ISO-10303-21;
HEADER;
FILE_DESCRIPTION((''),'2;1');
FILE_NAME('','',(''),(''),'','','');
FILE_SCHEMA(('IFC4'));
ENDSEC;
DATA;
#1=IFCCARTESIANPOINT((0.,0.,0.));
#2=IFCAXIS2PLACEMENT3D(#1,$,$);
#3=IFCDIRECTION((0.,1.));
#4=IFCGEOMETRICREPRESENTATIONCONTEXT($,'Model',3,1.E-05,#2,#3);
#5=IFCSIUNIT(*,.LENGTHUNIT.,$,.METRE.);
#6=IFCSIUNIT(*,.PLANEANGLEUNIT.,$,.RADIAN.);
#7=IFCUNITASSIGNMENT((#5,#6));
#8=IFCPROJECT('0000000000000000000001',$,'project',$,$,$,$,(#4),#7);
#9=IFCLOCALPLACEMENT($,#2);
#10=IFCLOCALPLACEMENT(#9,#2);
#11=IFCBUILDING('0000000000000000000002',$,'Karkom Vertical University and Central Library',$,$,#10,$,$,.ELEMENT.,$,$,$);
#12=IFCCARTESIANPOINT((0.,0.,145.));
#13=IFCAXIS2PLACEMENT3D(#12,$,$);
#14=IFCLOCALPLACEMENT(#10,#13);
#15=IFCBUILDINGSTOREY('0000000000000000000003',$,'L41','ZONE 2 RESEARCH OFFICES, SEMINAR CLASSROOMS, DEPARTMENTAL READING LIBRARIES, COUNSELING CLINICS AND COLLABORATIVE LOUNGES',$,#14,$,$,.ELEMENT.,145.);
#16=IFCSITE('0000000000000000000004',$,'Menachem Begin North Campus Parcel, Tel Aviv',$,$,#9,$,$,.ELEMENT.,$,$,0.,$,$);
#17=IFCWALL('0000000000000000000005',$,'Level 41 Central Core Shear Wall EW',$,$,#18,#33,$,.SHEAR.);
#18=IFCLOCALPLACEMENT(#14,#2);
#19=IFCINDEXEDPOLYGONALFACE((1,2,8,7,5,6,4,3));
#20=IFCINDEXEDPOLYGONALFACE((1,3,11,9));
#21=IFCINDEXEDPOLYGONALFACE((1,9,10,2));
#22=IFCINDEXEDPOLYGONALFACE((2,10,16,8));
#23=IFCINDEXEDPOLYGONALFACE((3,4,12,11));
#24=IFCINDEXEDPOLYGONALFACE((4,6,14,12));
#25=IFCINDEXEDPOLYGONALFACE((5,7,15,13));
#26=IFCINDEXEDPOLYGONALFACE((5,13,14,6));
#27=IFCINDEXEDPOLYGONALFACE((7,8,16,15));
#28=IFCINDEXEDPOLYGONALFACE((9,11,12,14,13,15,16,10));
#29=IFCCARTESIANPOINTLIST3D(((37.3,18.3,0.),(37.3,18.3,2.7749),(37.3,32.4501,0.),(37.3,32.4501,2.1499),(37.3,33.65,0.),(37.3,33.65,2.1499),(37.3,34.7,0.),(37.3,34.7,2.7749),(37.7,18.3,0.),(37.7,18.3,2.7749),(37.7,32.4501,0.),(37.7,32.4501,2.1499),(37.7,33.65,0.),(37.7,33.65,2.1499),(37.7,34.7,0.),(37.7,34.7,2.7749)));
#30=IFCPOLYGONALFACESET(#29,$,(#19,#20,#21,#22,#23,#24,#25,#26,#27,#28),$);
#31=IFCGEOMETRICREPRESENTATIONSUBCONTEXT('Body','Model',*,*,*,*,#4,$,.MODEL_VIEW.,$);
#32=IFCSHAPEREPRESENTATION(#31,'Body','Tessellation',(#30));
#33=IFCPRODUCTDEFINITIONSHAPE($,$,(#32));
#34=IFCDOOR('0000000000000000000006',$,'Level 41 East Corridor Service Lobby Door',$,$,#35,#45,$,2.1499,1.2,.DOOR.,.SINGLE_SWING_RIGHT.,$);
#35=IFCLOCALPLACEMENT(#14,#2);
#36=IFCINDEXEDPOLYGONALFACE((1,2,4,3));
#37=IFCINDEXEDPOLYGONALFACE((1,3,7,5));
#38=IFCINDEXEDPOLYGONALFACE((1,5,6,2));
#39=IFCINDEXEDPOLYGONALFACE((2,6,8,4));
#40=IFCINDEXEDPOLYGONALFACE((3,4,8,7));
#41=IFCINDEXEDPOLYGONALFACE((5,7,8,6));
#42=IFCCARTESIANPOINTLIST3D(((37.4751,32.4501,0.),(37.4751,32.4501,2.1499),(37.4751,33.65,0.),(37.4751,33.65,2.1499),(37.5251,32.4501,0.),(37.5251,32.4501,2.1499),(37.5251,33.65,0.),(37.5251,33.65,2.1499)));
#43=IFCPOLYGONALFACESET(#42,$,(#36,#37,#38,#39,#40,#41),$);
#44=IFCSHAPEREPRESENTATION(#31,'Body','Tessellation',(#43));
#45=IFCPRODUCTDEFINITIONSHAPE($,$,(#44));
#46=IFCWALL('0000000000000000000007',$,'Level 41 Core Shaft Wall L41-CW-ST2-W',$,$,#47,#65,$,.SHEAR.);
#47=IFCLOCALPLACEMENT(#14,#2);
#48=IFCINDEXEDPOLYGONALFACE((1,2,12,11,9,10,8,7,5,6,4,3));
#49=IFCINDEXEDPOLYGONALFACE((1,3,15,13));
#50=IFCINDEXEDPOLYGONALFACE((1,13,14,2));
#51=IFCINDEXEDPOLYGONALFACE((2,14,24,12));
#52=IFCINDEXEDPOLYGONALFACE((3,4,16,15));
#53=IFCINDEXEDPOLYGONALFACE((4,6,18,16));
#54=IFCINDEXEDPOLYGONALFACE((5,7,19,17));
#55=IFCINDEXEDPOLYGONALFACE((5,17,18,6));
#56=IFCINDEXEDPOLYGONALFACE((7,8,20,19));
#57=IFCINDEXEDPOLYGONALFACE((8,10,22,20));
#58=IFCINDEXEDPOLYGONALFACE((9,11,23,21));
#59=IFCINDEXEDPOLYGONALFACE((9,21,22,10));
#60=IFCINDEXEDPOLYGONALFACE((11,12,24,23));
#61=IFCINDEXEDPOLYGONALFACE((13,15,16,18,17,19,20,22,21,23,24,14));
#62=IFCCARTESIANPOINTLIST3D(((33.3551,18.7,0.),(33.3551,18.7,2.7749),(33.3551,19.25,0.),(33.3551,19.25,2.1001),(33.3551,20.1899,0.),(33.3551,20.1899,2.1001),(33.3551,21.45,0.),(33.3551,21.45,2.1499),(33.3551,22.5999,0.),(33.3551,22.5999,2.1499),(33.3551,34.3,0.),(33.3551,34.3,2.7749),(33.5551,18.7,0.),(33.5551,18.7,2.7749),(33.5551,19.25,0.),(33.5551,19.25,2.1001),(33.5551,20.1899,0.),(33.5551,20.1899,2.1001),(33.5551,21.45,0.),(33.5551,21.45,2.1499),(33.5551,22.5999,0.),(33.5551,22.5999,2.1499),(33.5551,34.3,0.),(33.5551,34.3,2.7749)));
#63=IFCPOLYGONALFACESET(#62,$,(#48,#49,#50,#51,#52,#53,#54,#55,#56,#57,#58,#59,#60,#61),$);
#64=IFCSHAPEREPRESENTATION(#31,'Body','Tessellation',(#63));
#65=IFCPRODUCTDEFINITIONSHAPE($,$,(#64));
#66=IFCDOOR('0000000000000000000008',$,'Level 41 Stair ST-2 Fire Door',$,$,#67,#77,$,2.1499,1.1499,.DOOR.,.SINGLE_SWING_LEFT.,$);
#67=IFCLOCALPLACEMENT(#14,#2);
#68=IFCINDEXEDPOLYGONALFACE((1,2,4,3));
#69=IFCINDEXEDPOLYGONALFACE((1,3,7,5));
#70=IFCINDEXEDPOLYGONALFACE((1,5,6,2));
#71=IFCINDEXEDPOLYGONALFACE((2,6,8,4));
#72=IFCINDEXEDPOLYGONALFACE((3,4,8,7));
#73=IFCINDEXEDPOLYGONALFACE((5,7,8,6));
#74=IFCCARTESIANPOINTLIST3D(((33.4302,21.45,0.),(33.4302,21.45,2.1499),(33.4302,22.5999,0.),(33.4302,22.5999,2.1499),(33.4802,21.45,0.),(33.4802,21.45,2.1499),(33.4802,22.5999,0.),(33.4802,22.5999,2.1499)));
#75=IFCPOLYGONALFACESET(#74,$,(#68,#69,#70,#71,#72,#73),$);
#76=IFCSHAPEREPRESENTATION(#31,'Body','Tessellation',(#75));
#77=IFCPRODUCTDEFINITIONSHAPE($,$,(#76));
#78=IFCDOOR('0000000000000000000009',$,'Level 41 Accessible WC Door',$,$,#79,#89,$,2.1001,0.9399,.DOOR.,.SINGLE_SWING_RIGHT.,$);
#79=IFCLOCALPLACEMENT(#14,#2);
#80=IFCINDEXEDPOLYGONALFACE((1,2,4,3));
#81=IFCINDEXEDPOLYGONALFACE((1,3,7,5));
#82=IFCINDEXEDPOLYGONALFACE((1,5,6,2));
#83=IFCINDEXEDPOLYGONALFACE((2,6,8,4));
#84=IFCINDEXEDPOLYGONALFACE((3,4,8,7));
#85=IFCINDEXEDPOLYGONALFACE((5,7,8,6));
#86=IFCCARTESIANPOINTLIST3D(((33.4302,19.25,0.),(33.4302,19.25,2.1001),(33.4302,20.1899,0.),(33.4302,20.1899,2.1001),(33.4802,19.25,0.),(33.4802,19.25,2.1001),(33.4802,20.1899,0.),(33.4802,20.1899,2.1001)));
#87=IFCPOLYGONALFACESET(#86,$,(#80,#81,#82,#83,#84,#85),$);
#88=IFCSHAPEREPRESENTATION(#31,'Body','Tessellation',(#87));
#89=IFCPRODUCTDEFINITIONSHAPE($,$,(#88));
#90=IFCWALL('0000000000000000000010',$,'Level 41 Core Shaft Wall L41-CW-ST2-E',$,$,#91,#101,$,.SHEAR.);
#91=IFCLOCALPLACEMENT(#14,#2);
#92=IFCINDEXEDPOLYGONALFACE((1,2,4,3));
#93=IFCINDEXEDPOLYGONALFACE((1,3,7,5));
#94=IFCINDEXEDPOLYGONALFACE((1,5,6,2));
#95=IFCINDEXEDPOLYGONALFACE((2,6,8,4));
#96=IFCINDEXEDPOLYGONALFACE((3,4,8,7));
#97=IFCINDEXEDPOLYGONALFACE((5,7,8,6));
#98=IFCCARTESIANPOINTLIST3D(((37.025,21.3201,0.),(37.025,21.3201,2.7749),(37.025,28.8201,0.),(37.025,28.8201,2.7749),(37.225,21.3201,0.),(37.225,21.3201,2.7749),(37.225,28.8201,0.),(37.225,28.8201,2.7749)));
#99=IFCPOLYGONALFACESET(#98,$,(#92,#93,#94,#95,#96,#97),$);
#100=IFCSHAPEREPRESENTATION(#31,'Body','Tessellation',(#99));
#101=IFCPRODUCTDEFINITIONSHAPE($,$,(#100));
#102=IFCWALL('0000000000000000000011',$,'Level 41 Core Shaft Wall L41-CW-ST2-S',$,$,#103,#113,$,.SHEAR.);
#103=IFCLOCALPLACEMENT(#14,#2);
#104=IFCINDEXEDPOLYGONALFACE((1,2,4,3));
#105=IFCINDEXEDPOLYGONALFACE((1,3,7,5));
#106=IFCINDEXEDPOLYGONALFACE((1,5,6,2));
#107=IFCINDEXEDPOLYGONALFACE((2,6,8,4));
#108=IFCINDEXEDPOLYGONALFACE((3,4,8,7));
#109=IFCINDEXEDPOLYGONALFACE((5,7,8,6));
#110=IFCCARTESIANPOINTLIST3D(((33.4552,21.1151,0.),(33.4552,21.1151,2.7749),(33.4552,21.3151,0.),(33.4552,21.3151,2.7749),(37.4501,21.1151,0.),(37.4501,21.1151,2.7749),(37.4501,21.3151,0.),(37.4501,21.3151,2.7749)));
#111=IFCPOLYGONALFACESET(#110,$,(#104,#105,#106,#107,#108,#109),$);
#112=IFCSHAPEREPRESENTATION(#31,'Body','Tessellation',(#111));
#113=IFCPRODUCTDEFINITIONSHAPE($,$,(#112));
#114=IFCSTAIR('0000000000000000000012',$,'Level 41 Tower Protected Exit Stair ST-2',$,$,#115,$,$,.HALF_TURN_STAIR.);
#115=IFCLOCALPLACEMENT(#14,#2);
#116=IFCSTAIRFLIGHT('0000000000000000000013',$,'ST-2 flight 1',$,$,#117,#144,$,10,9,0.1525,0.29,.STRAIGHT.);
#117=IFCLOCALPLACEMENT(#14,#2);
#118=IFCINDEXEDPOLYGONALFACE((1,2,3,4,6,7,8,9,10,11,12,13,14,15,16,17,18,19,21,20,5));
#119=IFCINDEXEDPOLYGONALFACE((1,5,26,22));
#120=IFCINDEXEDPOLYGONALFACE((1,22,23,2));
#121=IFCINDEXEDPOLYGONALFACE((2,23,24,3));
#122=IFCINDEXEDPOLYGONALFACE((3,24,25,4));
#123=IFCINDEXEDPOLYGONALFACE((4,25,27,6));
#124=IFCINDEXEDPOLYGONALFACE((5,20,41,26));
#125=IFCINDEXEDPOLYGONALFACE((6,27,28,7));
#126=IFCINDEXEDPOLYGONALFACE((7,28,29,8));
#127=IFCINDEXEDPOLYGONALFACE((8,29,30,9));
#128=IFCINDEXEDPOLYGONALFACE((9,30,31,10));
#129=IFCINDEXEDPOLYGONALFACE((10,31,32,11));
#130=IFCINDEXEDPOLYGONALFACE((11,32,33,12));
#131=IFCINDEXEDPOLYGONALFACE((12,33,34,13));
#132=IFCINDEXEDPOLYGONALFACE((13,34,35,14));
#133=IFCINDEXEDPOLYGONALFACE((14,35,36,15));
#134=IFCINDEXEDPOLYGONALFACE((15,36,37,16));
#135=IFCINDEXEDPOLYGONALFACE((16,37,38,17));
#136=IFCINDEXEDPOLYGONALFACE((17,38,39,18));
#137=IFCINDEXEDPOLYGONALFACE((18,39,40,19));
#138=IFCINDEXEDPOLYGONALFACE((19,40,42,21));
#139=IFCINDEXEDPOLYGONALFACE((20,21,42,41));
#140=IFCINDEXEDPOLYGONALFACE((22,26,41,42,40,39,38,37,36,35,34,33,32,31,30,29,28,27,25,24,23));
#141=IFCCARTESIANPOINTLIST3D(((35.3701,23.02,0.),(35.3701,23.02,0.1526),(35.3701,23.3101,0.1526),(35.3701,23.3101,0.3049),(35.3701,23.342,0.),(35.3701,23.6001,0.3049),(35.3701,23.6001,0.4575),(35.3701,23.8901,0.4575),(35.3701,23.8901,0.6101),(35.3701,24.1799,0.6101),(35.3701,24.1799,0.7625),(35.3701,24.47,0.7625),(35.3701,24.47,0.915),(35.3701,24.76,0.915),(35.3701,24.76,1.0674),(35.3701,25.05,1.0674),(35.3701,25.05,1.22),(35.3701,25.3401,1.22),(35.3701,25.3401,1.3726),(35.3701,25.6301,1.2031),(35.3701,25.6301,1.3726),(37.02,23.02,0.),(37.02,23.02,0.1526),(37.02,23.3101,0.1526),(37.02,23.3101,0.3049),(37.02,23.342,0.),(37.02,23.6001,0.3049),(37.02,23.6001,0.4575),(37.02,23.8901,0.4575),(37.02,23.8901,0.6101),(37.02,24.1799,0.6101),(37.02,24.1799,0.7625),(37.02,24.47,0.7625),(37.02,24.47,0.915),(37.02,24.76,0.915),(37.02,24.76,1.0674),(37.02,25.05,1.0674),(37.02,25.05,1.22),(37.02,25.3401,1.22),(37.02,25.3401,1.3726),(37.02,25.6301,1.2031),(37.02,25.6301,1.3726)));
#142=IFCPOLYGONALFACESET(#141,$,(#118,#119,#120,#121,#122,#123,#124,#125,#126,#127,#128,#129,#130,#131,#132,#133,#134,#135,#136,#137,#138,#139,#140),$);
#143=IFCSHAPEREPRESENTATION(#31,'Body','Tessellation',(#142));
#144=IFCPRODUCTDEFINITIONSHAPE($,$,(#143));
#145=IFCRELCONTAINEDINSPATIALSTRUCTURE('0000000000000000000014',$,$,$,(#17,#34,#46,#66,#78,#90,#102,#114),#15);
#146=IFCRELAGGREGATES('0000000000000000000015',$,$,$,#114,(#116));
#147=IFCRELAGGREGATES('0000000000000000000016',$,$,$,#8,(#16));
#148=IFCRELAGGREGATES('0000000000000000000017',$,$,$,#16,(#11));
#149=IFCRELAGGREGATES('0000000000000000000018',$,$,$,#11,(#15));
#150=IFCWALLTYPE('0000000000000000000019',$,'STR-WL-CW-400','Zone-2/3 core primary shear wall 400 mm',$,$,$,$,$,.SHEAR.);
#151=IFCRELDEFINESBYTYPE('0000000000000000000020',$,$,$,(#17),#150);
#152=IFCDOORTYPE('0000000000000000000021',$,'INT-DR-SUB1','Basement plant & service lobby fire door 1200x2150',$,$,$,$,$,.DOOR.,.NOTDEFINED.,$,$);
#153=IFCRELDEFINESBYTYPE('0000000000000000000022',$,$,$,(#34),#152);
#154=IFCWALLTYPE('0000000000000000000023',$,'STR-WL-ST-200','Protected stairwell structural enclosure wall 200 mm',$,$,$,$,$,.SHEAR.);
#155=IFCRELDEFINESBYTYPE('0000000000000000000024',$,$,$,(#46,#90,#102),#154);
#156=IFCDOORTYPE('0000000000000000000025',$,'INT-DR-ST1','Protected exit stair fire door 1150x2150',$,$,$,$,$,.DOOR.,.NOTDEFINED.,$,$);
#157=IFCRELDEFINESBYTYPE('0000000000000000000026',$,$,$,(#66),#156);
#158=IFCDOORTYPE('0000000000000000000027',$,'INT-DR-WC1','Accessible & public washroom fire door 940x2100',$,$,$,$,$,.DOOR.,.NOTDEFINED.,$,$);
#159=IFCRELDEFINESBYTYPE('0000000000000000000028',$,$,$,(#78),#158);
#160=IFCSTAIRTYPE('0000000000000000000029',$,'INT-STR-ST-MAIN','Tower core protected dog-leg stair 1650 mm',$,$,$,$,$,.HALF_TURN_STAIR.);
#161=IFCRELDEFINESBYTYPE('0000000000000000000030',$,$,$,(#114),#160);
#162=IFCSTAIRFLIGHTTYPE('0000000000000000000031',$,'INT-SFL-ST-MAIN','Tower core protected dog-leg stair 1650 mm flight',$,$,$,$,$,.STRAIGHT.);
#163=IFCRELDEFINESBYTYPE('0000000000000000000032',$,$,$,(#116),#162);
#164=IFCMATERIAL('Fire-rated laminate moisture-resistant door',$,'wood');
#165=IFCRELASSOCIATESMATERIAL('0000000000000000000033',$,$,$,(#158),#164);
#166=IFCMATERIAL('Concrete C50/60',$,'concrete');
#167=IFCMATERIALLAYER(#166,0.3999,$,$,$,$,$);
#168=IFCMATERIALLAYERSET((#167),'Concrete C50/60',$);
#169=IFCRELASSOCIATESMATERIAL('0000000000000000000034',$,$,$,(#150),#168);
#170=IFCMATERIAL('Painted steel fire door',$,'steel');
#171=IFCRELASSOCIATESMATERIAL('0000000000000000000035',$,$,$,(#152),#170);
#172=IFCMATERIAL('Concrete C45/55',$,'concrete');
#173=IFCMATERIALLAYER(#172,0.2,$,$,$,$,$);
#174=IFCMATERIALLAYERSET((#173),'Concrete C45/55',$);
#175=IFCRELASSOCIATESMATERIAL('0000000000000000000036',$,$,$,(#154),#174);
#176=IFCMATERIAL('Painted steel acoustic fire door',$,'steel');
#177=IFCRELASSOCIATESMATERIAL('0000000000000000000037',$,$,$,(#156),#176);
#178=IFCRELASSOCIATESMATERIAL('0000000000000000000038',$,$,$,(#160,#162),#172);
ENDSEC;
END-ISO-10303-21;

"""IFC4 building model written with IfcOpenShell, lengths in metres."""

from ifc_helpers import new_model, si_unit, direction, frame, frame_2d, origin, origin_with_axes, place, context, subcontext, project, spatial, polyline, rectangle, outline, extrude, source, transform, mapped, material, layer, layer_set, type_object, element, fill, aggregate, save


model = new_model("IFC4")

# Units and contexts
model_context = context("Model", 3, precision=1e-05, world=origin(), true_north=direction((0.0, 1.0)))
body_context = subcontext(model_context, "Body", "Model", "MODEL_VIEW")
ifc_project = project(units=[si_unit("LENGTHUNIT", "METRE"), si_unit("PLANEANGLEUNIT", "RADIAN")], contexts=[model_context])

# Site, building, storey
site_placement = place(None, origin())
site = spatial("IfcSite", under=ifc_project, at=site_placement, Name="Menachem Begin North Campus Parcel, Tel Aviv", CompositionType="ELEMENT", RefElevation=0.0)
building_placement = place(site_placement, origin())
building = spatial("IfcBuilding", under=site, at=building_placement, Name="Karkom Vertical University and Central Library", CompositionType="ELEMENT")
storey_placement = place(building_placement, frame((0.0, 0.0, 145.0)))
storey = spatial("IfcBuildingStorey", under=building, at=storey_placement, Name="L41", Description="ZONE 2 RESEARCH OFFICES, SEMINAR CLASSROOMS, DEPARTMENTAL READING LIBRARIES, COUNSELING CLINICS AND COLLABORATIVE LOUNGES", CompositionType="ELEMENT", Elevation=145.0)

# Shared definitions
ifc_material_1 = material(Name="Concrete C50/60", Category="concrete")

# Shared definitions
ifc_material_2 = material(Name="Fire-rated laminate moisture-resistant door", Category="wood")
door_type_1 = type_object("IfcDoorType", Name="INT-DR-WC1", Description="Accessible & public washroom fire door 940x2100", OperationType="NOTDEFINED", PredefinedType="DOOR", material=ifc_material_2)
shared_shape_1 = source(origin_with_axes(), body_context, "Body", "SweptSolid", [
    extrude(rectangle(XDim=0.9399, YDim=2.1001, at=frame_2d((0.47, 1.05))), frame((0.0, 0.0249, 0.0), z_axis=(0.0, -1.0, 0.0), x_axis=(1.0, 0.0, 0.0)), (0.0, 0.0, 1.0), 0.05),
])

# Wall, opening, door
ifc_layer_1 = layer(ifc_material_1, 0.3999)
ifc_layer_set_1 = layer_set([ifc_layer_1], Name="Concrete C50/60")
wall_type_1 = type_object("IfcWallType", Name="STR-WL-CW-400", Description="Zone-2/3 core primary shear wall 400 mm", PredefinedType="SHEAR", material=ifc_layer_set_1)
wall_1_placement = place(storey_placement, frame((37.5, 18.3, 0.0), z_axis=(0.0, 0.0, 1.0), x_axis=(0.0, 1.0, 0.0)))
wall_1 = element("IfcWall", 1, at=wall_1_placement, inside=storey, type_object=wall_type_1, Name="Level 41 Central Core Shear Wall EW", PredefinedType="SHEAR", context=body_context, shape_type="SweptSolid", body=[
    extrude(rectangle(XDim=16.3999, YDim=0.3999, at=frame_2d((8.2, 0.0))), origin(), (0.0, 0.0, 1.0), 2.7749),
])
opening_1_placement = place(wall_1_placement, frame((14.1499, 0.0, 0.0)))
opening_1 = element("IfcOpeningElement", 2, at=opening_1_placement, cuts=wall_1, PredefinedType="OPENING", context=body_context, shape_type="SweptSolid", body=[
    extrude(rectangle(XDim=1.2, YDim=2.1499, at=frame_2d((0.6001, 1.075))), frame((0.0, 0.21, 0.0), z_axis=(0.0, -1.0, 0.0), x_axis=(1.0, 0.0, 0.0)), (0.0, 0.0, 1.0), 0.4199),
])
ifc_material_3 = material(Name="Painted steel fire door", Category="steel")
door_type_2 = type_object("IfcDoorType", Name="INT-DR-SUB1", Description="Basement plant & service lobby fire door 1200x2150", OperationType="NOTDEFINED", PredefinedType="DOOR", material=ifc_material_3)
shared_shape_2 = source(origin_with_axes(), body_context, "Body", "SweptSolid", [
    extrude(rectangle(XDim=1.2, YDim=2.1499, at=frame_2d((0.6001, 1.075))), frame((0.0, 0.0249, 0.0), z_axis=(0.0, -1.0, 0.0), x_axis=(1.0, 0.0, 0.0)), (0.0, 0.0, 1.0), 0.05),
])
door_1_placement = place(opening_1_placement, origin())
door_1 = element("IfcDoor", 3, at=door_1_placement, inside=storey, type_object=door_type_2, Name="Level 41 East Corridor Service Lobby Door", OperationType="SINGLE_SWING_RIGHT", OverallHeight=2.1499, OverallWidth=1.2, PredefinedType="DOOR", context=body_context, shape_type="MappedRepresentation", body=[
    mapped(shared_shape_2, transform((0.0, 0.0, 0.0), scale=1.0)),
])
fill(opening_1, door_1)

# Wall, openings, doors
ifc_material_4 = material(Name="Concrete C45/55", Category="concrete")
ifc_layer_2 = layer(ifc_material_4, 0.2)
ifc_layer_set_2 = layer_set([ifc_layer_2], Name="Concrete C45/55")
wall_type_2 = type_object("IfcWallType", Name="STR-WL-ST-200", Description="Protected stairwell structural enclosure wall 200 mm", PredefinedType="SHEAR", material=ifc_layer_set_2)
wall_2_placement = place(storey_placement, frame((33.4551, 18.7, 0.0), z_axis=(0.0, 0.0, 1.0), x_axis=(0.0, 1.0, 0.0)))
wall_2 = element("IfcWall", 4, at=wall_2_placement, inside=storey, type_object=wall_type_2, Name="Level 41 Core Shaft Wall L41-CW-ST2-W", PredefinedType="SHEAR", context=body_context, shape_type="SweptSolid", body=[
    extrude(rectangle(XDim=15.6001, YDim=0.2, at=frame_2d((7.8, 0.0))), origin(), (0.0, 0.0, 1.0), 2.7749),
])
opening_2_placement = place(wall_2_placement, frame((2.75, 0.0, 0.0)))
opening_2 = element("IfcOpeningElement", 5, at=opening_2_placement, cuts=wall_2, PredefinedType="OPENING", context=body_context, shape_type="SweptSolid", body=[
    extrude(rectangle(XDim=1.1499, YDim=2.1499, at=frame_2d((0.575, 1.075))), frame((0.0, 0.1099, 0.0), z_axis=(0.0, -1.0, 0.0), x_axis=(1.0, 0.0, 0.0)), (0.0, 0.0, 1.0), 0.22),
])
opening_3_placement = place(wall_2_placement, frame((0.55, 0.0, 0.0)))
opening_3 = element("IfcOpeningElement", 6, at=opening_3_placement, cuts=wall_2, PredefinedType="OPENING", context=body_context, shape_type="SweptSolid", body=[
    extrude(rectangle(XDim=0.9399, YDim=2.1001, at=frame_2d((0.47, 1.05))), frame((0.0, 0.1099, 0.0), z_axis=(0.0, -1.0, 0.0), x_axis=(1.0, 0.0, 0.0)), (0.0, 0.0, 1.0), 0.22),
])
ifc_material_5 = material(Name="Painted steel acoustic fire door", Category="steel")
door_type_3 = type_object("IfcDoorType", Name="INT-DR-ST1", Description="Protected exit stair fire door 1150x2150", OperationType="NOTDEFINED", PredefinedType="DOOR", material=ifc_material_5)
shared_shape_3 = source(origin_with_axes(), body_context, "Body", "SweptSolid", [
    extrude(rectangle(XDim=1.1499, YDim=2.1499, at=frame_2d((0.575, 1.075))), frame((0.0, 0.0249, 0.0), z_axis=(0.0, -1.0, 0.0), x_axis=(1.0, 0.0, 0.0)), (0.0, 0.0, 1.0), 0.05),
])
door_2_placement = place(opening_2_placement, origin())
door_2 = element("IfcDoor", 7, at=door_2_placement, inside=storey, type_object=door_type_3, Name="Level 41 Stair ST-2 Fire Door", OperationType="SINGLE_SWING_LEFT", OverallHeight=2.1499, OverallWidth=1.1499, PredefinedType="DOOR", context=body_context, shape_type="MappedRepresentation", body=[
    mapped(shared_shape_3, transform((0.0, 0.0, 0.0), scale=1.0)),
])
fill(opening_2, door_2)
door_3_placement = place(opening_3_placement, origin())
door_3 = element("IfcDoor", 8, at=door_3_placement, inside=storey, type_object=door_type_1, Name="Level 41 Accessible WC Door", OperationType="SINGLE_SWING_RIGHT", OverallHeight=2.1001, OverallWidth=0.9399, PredefinedType="DOOR", context=body_context, shape_type="MappedRepresentation", body=[
    mapped(shared_shape_1, transform((0.0, 0.0, 0.0), scale=1.0)),
])
fill(opening_3, door_3)

# Walls
wall_3_placement = place(storey_placement, frame((37.125, 21.3201, 0.0), z_axis=(0.0, 0.0, 1.0), x_axis=(0.0, 1.0, 0.0)))
element("IfcWall", 9, at=wall_3_placement, inside=storey, type_object=wall_type_2, Name="Level 41 Core Shaft Wall L41-CW-ST2-E", PredefinedType="SHEAR", context=body_context, shape_type="SweptSolid", body=[
    extrude(rectangle(XDim=7.5, YDim=0.2, at=frame_2d((3.75, 0.0))), origin(), (0.0, 0.0, 1.0), 2.7749),
])
wall_4_placement = place(storey_placement, frame((33.4551, 21.2151, 0.0), z_axis=(0.0, 0.0, 1.0), x_axis=(1.0, 0.0, 0.0)))
element("IfcWall", 10, at=wall_4_placement, inside=storey, type_object=wall_type_2, Name="Level 41 Core Shaft Wall L41-CW-ST2-S", PredefinedType="SHEAR", context=body_context, shape_type="SweptSolid", body=[
    extrude(rectangle(XDim=3.9949, YDim=0.2, at=frame_2d((1.9976, 0.0))), origin(), (0.0, 0.0, 1.0), 2.7749),
])

# Stair, stair flight
stair_type = type_object("IfcStairType", Name="INT-STR-ST-MAIN", Description="Tower core protected dog-leg stair 1650 mm", PredefinedType="HALF_TURN_STAIR", material=ifc_material_4)
stair_placement = place(storey_placement, origin())
stair = element("IfcStair", 11, at=stair_placement, inside=storey, type_object=stair_type, Name="Level 41 Tower Protected Exit Stair ST-2", PredefinedType="HALF_TURN_STAIR")
stair_flight_type = type_object("IfcStairFlightType", Name="INT-SFL-ST-MAIN", Description="Tower core protected dog-leg stair 1650 mm flight", PredefinedType="STRAIGHT", material=ifc_material_4)
stair_flight_placement = place(storey_placement, frame((36.1951, 23.02, 0.0), z_axis=(0.0, 0.0, 1.0), x_axis=(0.0, 1.0, 0.0)))
stair_flight = element("IfcStairFlight", 12, at=stair_flight_placement, type_object=stair_flight_type, Name="ST-2 flight 1", NumberOfRisers=10, NumberOfTreads=9, PredefinedType="STRAIGHT", RiserHeight=0.1525, TreadLength=0.29, context=body_context, shape_type="SweptSolid", body=[
    extrude(outline(polyline([(0.0, 0.0), (0.0, 0.1526), (0.29, 0.1526), (0.29, 0.3049), (0.5801, 0.3049), (0.5801, 0.4575), (0.8701, 0.4575), (0.8701, 0.6101), (1.1599, 0.6101), (1.1599, 0.7625), (1.45, 0.7625), (1.45, 0.915), (1.74, 0.915), (1.74, 1.0674), (2.03, 1.0674), (2.03, 1.22), (2.3201, 1.22), (2.3201, 1.3726), (2.6101, 1.3726), (2.6101, 1.5249), (2.6101, 1.2031), (0.322, 0.0), (0.0, 0.0)])), frame((0.0, 0.825, 0.0), z_axis=(0.0, -1.0, 0.0), x_axis=(1.0, 0.0, 0.0)), (0.0, 0.0, 1.0), 1.6499),
])
aggregate(stair, [stair_flight])

save(model, "model.ifc")
